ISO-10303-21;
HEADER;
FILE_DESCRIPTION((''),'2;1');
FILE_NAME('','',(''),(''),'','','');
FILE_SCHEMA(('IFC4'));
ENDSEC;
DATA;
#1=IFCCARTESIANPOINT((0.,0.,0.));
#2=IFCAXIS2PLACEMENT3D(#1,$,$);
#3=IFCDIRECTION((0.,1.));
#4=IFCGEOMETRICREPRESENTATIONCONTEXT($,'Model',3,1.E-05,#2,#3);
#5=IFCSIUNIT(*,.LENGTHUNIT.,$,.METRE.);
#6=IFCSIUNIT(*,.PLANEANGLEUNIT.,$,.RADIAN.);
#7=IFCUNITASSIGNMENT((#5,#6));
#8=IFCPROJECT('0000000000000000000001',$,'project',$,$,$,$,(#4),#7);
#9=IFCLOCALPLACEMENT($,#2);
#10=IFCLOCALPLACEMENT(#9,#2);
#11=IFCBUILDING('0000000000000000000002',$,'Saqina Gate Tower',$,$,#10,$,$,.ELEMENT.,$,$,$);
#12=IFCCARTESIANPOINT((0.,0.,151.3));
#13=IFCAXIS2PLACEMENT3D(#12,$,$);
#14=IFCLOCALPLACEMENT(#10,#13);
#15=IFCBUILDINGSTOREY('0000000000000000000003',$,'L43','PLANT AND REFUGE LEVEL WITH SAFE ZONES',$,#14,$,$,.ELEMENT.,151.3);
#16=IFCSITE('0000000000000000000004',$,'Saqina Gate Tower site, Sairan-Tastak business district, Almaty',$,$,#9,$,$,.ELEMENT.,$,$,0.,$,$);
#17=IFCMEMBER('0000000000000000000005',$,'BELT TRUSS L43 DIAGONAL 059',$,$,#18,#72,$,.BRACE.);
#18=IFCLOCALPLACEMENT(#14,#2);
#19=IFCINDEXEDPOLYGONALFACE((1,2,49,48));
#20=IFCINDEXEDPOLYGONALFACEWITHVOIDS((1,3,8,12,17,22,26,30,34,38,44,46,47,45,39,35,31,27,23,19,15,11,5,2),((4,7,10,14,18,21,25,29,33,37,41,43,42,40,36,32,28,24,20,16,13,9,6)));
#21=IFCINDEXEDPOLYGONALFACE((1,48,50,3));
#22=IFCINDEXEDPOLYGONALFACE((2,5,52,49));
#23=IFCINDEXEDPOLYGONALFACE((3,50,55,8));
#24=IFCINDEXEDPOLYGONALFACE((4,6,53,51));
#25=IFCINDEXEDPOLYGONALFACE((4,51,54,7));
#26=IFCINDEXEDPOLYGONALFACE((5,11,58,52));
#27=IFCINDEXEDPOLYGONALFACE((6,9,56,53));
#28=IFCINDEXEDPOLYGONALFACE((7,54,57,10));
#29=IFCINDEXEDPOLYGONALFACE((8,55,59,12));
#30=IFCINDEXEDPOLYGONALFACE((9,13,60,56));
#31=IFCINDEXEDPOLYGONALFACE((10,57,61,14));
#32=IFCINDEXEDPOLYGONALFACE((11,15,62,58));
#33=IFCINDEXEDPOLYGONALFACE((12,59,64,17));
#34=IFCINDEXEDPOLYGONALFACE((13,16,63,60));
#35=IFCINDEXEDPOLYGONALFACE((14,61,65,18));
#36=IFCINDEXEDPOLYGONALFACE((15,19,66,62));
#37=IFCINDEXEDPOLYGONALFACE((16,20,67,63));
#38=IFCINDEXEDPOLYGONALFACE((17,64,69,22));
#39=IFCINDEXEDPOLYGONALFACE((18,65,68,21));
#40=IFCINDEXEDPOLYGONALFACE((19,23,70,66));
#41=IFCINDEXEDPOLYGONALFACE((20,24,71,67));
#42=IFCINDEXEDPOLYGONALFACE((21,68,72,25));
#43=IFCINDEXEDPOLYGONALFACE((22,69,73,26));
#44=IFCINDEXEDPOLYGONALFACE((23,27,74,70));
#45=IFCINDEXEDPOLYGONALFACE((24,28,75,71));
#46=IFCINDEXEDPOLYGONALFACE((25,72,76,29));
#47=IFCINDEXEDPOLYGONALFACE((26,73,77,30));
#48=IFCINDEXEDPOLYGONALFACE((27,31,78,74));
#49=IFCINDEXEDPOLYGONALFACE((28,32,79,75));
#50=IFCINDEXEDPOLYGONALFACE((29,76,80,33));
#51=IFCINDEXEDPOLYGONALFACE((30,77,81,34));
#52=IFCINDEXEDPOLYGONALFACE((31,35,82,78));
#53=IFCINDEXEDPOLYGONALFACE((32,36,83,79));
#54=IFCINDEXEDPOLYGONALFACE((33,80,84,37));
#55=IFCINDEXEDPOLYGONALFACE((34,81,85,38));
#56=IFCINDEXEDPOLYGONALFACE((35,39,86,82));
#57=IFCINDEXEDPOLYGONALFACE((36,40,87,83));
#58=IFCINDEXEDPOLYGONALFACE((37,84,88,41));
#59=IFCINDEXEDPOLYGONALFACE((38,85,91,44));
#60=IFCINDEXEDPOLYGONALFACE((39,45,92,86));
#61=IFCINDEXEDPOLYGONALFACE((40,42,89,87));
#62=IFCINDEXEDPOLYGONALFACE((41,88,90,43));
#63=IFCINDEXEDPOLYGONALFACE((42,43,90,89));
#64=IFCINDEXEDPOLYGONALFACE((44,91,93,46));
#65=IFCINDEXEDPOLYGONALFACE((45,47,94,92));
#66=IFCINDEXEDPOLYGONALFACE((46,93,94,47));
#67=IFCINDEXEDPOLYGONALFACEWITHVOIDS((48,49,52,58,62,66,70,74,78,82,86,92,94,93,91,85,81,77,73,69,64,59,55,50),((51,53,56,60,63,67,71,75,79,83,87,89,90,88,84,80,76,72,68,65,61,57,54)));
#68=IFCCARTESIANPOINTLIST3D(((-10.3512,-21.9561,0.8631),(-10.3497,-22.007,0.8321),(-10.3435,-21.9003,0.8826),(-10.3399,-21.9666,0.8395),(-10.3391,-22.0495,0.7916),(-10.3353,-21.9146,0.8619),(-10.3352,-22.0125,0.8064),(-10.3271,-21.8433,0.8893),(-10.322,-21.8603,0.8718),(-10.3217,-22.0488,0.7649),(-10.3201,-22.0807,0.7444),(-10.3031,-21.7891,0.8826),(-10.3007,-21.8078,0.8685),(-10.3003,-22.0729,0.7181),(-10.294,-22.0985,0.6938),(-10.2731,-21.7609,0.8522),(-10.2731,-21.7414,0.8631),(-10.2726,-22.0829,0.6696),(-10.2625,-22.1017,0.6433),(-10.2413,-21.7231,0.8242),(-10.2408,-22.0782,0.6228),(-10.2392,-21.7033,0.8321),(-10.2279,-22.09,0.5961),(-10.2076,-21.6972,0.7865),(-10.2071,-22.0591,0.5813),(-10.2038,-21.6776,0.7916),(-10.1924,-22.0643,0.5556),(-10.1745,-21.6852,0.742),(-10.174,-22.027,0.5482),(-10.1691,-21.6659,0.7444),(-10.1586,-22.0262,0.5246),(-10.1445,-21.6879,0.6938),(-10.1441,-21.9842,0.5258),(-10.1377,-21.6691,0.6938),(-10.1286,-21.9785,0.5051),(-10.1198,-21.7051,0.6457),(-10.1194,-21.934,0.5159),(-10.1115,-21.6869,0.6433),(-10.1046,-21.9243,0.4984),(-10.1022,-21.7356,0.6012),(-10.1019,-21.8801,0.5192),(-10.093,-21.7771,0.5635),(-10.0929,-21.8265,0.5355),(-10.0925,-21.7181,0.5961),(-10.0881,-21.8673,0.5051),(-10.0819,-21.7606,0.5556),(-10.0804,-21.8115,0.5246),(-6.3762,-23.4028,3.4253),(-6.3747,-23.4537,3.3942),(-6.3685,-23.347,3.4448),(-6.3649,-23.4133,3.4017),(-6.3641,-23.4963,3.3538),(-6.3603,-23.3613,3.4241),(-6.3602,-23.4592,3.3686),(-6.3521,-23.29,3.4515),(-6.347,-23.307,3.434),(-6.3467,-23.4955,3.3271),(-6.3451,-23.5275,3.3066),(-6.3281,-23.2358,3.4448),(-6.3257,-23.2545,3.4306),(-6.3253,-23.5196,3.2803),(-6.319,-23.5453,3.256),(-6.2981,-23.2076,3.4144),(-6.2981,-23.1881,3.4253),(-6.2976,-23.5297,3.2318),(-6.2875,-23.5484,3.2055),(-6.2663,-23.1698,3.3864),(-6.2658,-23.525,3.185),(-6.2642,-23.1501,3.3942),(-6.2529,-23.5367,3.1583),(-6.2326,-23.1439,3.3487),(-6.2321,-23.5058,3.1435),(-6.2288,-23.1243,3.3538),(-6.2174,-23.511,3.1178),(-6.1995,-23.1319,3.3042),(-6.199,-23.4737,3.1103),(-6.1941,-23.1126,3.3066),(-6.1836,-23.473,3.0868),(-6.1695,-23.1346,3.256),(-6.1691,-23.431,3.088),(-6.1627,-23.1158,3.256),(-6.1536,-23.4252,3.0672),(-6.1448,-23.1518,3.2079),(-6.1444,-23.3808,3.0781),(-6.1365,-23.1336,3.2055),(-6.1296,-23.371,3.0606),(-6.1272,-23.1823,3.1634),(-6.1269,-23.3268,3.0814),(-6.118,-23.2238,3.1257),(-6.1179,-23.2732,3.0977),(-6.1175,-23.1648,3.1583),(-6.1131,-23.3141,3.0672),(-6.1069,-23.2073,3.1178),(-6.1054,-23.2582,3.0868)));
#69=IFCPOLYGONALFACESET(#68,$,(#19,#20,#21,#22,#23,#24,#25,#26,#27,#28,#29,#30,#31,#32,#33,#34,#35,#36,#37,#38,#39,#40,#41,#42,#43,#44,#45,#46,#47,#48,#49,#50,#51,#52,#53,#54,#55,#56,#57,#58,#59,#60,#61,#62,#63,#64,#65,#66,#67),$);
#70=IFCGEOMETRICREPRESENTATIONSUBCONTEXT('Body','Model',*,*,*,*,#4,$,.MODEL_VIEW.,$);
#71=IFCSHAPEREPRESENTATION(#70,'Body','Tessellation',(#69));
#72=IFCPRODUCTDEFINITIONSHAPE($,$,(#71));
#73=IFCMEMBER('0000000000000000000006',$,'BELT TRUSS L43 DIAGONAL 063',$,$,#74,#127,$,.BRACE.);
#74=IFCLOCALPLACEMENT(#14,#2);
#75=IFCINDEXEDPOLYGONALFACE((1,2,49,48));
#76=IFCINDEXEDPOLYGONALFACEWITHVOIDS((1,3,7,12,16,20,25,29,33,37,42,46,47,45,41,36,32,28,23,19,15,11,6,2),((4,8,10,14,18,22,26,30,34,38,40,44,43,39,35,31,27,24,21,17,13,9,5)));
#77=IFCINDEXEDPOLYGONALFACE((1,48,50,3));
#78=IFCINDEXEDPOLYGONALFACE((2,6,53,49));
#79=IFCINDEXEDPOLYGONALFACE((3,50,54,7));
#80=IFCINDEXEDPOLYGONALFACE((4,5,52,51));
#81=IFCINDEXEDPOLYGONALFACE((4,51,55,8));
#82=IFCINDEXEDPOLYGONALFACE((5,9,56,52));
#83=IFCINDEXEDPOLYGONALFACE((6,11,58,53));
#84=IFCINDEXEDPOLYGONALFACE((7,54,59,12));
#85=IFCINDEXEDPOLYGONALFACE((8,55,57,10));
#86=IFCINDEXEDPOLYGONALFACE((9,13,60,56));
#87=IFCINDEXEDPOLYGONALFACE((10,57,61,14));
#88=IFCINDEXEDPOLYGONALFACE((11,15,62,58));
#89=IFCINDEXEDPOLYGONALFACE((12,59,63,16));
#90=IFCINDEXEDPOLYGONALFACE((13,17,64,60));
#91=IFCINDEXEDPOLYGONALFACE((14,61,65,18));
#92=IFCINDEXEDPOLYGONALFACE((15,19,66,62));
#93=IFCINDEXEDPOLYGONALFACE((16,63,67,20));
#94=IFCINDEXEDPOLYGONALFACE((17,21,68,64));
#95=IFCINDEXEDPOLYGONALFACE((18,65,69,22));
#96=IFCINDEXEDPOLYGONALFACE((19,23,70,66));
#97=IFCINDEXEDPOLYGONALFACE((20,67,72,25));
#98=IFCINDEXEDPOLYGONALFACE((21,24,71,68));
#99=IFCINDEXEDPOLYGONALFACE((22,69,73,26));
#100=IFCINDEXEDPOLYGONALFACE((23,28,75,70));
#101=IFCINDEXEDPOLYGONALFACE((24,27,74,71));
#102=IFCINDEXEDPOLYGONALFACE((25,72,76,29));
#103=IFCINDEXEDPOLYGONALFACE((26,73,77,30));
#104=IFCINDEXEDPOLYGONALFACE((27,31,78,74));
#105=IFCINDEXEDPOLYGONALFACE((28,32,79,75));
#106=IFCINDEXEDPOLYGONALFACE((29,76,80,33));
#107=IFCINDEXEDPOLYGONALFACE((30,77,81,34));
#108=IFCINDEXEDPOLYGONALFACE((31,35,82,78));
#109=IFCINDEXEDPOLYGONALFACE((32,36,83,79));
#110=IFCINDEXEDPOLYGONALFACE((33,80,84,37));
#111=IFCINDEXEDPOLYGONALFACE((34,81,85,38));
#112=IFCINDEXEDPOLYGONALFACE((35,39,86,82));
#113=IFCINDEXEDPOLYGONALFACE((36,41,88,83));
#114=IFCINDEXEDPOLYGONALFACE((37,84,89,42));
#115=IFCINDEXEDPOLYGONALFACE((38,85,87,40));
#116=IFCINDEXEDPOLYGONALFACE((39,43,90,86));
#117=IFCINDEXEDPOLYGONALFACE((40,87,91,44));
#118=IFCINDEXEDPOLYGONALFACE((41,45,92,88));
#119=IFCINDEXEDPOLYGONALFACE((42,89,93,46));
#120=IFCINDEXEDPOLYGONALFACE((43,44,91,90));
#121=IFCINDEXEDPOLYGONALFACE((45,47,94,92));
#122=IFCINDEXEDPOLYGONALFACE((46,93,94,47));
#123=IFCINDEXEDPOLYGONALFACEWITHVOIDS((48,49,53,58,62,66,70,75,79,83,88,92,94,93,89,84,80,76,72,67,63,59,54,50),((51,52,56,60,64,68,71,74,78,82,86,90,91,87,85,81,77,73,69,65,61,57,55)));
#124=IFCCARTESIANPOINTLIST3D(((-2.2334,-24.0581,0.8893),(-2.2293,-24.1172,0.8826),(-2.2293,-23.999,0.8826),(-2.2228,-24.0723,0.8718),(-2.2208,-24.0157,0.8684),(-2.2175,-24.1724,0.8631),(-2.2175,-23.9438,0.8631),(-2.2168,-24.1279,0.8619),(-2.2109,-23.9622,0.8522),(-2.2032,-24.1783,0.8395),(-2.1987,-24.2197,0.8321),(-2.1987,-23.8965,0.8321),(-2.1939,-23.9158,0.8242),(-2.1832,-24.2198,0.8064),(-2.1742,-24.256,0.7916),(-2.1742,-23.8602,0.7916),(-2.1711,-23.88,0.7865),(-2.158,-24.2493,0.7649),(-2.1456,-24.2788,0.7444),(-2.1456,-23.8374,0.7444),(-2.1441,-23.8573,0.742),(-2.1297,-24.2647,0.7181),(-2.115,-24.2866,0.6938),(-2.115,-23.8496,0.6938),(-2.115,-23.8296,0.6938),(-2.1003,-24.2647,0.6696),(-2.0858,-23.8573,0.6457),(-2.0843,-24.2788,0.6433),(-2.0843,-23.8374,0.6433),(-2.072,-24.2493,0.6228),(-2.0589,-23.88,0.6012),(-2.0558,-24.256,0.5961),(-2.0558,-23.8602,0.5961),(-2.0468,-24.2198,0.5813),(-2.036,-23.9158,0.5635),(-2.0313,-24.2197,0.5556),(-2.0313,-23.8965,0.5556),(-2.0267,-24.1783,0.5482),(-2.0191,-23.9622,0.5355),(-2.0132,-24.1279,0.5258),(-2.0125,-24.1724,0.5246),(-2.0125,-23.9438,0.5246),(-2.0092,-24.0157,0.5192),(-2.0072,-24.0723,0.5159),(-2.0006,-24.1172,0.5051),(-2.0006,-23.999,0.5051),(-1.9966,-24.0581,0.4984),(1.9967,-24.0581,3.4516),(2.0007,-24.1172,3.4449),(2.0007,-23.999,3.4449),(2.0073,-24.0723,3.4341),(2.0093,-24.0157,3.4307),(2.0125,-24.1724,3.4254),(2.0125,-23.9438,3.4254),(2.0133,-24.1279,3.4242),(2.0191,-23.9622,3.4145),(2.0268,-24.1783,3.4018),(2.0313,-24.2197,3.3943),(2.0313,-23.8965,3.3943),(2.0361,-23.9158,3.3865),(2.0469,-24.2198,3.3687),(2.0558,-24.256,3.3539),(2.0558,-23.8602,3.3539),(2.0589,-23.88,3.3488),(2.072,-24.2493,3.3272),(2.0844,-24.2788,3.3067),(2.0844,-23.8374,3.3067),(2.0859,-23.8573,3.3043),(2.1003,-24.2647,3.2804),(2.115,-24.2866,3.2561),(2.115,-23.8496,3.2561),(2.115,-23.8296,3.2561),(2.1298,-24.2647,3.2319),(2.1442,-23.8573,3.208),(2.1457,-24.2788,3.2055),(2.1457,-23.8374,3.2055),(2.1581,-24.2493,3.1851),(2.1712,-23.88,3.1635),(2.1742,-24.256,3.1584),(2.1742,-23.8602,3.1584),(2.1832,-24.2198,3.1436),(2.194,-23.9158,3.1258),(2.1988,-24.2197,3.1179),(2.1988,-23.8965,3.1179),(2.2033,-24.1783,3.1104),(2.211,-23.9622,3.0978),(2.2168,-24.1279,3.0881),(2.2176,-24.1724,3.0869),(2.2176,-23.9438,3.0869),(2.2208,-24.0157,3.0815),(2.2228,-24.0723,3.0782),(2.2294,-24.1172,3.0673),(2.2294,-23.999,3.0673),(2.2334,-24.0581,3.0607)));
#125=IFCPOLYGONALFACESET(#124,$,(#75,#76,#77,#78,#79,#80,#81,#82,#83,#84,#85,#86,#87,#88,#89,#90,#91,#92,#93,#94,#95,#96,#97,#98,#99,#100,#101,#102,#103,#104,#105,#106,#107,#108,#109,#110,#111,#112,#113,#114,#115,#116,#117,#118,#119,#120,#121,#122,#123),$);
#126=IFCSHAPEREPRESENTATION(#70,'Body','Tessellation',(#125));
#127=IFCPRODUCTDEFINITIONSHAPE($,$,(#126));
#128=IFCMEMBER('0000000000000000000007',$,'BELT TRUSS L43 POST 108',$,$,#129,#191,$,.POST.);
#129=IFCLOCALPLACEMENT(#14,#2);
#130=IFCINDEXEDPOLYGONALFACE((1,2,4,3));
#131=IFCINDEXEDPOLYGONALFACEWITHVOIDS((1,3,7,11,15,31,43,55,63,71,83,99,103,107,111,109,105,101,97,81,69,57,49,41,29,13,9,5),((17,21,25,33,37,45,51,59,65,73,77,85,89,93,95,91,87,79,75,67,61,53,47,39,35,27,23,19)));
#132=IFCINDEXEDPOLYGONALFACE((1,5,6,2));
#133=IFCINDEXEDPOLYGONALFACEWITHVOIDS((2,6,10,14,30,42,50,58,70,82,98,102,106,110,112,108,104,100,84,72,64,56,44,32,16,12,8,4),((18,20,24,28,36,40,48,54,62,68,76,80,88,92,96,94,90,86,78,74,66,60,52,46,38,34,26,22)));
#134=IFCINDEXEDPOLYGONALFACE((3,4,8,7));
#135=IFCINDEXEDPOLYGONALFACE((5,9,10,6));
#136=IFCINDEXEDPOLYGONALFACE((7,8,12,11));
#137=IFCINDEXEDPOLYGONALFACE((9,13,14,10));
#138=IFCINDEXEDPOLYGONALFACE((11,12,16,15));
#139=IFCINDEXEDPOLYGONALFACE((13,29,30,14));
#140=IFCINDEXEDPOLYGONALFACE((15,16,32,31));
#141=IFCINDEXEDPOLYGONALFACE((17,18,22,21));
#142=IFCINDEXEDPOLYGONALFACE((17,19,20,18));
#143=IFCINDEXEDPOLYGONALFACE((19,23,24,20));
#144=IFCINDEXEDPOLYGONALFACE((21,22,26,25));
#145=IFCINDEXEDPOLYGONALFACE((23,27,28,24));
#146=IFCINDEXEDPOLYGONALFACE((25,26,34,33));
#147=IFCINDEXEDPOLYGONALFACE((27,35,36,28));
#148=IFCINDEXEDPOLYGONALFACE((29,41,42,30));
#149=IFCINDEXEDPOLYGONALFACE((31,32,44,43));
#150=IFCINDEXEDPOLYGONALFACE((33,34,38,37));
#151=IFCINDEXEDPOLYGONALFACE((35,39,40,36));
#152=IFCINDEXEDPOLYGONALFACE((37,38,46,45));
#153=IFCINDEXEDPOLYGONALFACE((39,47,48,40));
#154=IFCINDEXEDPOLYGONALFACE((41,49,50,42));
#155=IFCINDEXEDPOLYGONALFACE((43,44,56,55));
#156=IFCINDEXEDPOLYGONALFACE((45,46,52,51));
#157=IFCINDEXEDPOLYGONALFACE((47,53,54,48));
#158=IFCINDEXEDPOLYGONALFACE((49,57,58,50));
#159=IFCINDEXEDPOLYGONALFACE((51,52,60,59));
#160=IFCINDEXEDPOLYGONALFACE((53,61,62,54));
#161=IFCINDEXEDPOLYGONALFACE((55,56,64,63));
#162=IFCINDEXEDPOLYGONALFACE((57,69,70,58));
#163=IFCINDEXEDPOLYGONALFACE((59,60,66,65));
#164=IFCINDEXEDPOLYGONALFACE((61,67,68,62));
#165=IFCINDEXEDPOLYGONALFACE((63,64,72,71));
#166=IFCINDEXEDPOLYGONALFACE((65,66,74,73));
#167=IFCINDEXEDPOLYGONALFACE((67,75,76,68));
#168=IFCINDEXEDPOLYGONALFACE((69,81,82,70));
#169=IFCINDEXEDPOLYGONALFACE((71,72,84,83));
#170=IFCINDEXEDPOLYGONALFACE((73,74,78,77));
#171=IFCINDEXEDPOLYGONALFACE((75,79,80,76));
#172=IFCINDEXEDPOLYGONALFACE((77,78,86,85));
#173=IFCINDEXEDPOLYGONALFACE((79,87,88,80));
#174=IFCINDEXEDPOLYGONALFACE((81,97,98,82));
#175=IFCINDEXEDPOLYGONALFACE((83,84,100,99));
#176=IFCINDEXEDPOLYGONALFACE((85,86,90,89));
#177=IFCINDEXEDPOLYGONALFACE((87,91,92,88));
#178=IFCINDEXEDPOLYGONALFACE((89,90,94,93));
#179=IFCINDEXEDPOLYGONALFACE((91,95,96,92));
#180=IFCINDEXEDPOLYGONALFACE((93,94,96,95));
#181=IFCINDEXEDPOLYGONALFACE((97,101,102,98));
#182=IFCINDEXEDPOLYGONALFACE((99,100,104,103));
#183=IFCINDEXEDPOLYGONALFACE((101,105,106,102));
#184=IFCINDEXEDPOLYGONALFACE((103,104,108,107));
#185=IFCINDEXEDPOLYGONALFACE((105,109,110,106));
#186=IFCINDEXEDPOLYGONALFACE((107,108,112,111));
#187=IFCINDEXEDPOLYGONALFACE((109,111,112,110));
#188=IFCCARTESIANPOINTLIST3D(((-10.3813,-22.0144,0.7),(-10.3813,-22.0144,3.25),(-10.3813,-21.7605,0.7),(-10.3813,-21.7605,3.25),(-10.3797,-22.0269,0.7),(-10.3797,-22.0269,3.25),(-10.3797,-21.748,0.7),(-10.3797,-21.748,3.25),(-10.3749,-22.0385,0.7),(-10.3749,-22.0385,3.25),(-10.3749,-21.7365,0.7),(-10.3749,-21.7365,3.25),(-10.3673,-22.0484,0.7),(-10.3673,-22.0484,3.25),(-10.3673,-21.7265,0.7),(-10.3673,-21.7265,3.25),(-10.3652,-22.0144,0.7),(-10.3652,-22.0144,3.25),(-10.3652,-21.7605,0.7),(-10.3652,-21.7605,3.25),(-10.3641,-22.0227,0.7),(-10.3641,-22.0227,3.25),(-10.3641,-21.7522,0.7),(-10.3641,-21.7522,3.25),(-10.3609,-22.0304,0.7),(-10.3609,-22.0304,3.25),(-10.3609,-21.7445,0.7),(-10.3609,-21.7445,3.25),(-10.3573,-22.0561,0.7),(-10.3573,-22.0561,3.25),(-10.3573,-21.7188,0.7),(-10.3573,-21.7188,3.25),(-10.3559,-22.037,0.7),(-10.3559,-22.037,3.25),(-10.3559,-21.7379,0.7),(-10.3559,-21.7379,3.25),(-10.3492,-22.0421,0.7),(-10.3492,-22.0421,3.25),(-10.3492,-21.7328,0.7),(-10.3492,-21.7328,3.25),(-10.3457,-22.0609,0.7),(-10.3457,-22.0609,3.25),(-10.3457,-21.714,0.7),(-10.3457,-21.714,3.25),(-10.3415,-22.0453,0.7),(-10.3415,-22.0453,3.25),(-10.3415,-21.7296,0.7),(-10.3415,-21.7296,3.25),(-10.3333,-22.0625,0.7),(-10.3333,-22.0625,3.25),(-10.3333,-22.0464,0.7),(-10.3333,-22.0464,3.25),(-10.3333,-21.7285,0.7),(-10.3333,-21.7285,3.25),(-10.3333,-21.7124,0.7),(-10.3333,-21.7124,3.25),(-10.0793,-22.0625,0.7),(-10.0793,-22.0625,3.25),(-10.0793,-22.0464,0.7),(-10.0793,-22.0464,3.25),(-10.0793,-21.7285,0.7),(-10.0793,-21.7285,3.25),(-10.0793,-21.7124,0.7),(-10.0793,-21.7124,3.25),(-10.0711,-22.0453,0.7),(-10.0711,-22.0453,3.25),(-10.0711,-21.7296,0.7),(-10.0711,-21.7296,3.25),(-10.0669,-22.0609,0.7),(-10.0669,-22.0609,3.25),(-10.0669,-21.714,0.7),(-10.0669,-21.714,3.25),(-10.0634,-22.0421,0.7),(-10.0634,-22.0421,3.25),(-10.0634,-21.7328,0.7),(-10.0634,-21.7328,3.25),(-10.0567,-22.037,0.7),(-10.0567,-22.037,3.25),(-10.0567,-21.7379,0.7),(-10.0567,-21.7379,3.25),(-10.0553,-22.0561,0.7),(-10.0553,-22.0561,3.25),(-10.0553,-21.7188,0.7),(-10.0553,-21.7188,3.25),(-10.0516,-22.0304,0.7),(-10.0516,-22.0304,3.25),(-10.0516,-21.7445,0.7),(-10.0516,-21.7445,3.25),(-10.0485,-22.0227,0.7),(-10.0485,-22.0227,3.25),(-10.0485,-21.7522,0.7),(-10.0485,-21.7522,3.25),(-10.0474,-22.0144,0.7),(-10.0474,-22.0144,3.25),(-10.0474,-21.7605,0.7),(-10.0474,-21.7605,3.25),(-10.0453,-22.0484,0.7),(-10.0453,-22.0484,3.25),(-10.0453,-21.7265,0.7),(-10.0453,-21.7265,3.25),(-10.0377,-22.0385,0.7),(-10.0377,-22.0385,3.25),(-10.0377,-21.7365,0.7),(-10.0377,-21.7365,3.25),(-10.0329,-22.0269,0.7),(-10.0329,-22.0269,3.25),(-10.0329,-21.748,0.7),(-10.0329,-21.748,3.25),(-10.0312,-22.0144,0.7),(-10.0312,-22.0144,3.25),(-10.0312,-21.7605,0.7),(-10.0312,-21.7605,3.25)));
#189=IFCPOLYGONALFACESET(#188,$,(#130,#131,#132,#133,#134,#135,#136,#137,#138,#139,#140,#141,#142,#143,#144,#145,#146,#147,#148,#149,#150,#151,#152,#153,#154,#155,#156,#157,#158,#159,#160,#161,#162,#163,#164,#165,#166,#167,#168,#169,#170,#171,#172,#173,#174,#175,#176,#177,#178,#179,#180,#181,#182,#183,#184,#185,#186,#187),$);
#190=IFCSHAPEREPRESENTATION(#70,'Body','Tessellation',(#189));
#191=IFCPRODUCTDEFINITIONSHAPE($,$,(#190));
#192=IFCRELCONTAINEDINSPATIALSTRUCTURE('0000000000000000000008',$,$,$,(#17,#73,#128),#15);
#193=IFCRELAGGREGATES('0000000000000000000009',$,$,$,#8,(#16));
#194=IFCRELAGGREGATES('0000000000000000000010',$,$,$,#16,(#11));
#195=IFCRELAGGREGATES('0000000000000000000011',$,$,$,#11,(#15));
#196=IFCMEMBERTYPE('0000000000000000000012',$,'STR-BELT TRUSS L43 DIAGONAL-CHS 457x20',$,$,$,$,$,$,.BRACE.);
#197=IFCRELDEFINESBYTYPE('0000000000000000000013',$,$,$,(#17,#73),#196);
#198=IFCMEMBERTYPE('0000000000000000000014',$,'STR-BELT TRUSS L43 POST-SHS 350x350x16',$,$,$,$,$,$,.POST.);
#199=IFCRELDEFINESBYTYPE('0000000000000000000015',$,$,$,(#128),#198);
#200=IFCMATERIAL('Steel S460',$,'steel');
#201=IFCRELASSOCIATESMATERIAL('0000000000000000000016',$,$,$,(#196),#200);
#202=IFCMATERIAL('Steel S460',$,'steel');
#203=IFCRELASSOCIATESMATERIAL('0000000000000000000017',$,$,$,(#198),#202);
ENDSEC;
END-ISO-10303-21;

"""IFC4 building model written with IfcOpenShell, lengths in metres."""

from ifc_helpers import new_model, si_unit, direction, frame, origin, origin_2d, place, context, subcontext, project, spatial, hollow_rectangle, hollow_circle, extrude, material, material_profile, profile_set, type_object, element, save


model = new_model("IFC4")

# Units and contexts
model_context = context("Model", 3, precision=1e-05, world=origin(), true_north=direction((0.0, 1.0)))
body_context = subcontext(model_context, "Body", "Model", "MODEL_VIEW")
ifc_project = project(units=[si_unit("LENGTHUNIT", "METRE"), si_unit("PLANEANGLEUNIT", "RADIAN")], contexts=[model_context])

# Site, building, storey
site_placement = place(None, origin())
site = spatial("IfcSite", under=ifc_project, at=site_placement, Name="Saqina Gate Tower site, Sairan-Tastak business district, Almaty", CompositionType="ELEMENT", RefElevation=0.0)
building_placement = place(site_placement, origin())
building = spatial("IfcBuilding", under=site, at=building_placement, Name="Saqina Gate Tower", CompositionType="ELEMENT")
storey_placement = place(building_placement, frame((0.0, 0.0, 151.3)))
storey = spatial("IfcBuildingStorey", under=building, at=storey_placement, Name="L43", Description="PLANT AND REFUGE LEVEL WITH SAFE ZONES", CompositionType="ELEMENT", Elevation=151.3)

# Members
ifc_material_1 = material(Name="Steel S460", Category="steel")
ifc_material_profile_1 = material_profile(ifc_material_1, hollow_circle(Radius=0.2285, WallThickness=0.02, at=origin_2d()), Name="CHS 457x20")
ifc_profile_set_1 = profile_set([ifc_material_profile_1], Name="Steel S460")
member_type_1 = type_object("IfcMemberType", Name="STR-BELT TRUSS L43 DIAGONAL-CHS 457x20", PredefinedType="BRACE", material=ifc_profile_set_1)
for number, where, z_axis, x_axis, name in (
    (1, (-10.2158, -21.8838, 0.6938), (0.803752, -0.292534, 0.51808), (0.342012, 0.939696, 0.0), "BELT TRUSS L43 DIAGONAL 059"),
    (2, (-2.115, -24.0581, 0.6938), (0.85532, 0.0, 0.518099), (0.0, 1.0, 0.0), "BELT TRUSS L43 DIAGONAL 063"),
):
    element("IfcMember", number, at=place(storey_placement, frame(where, z_axis=z_axis, x_axis=x_axis)), inside=storey, type_object=member_type_1, Name=name, PredefinedType="BRACE", context=body_context, shape_type="SweptSolid", body=[
        extrude(hollow_circle(Radius=0.2285, WallThickness=0.02, at=origin_2d()), origin(), (0.0, 0.0, 1.0), 4.9456),
    ])
ifc_material_2 = material(Name="Steel S460", Category="steel")
ifc_material_profile_2 = material_profile(ifc_material_2, hollow_rectangle(XDim=0.3501, YDim=0.3501, WallThickness=0.0161, InnerFilletRadius=0.032, OuterFilletRadius=0.0481, at=origin_2d()), Name="SHS 350x350x16")
ifc_profile_set_2 = profile_set([ifc_material_profile_2], Name="Steel S460")
member_type_2 = type_object("IfcMemberType", Name="STR-BELT TRUSS L43 POST-SHS 350x350x16", PredefinedType="POST", material=ifc_profile_set_2)
for number, where, z_axis, x_axis, name in (
    (3, (-10.2063, -21.8875, 0.7), (0.0, 0.0, 1.0), (1.0, 0.0, 0.0), "BELT TRUSS L43 POST 108"),
):
    element("IfcMember", number, at=place(storey_placement, frame(where, z_axis=z_axis, x_axis=x_axis)), inside=storey, type_object=member_type_2, Name=name, PredefinedType="POST", context=body_context, shape_type="SweptSolid", body=[
        extrude(hollow_rectangle(XDim=0.3501, YDim=0.3501, WallThickness=0.0161, InnerFilletRadius=0.032, OuterFilletRadius=0.0481, at=origin_2d()), origin(), (0.0, 0.0, 1.0), 2.55),
    ])

save(model, "model.ifc")
